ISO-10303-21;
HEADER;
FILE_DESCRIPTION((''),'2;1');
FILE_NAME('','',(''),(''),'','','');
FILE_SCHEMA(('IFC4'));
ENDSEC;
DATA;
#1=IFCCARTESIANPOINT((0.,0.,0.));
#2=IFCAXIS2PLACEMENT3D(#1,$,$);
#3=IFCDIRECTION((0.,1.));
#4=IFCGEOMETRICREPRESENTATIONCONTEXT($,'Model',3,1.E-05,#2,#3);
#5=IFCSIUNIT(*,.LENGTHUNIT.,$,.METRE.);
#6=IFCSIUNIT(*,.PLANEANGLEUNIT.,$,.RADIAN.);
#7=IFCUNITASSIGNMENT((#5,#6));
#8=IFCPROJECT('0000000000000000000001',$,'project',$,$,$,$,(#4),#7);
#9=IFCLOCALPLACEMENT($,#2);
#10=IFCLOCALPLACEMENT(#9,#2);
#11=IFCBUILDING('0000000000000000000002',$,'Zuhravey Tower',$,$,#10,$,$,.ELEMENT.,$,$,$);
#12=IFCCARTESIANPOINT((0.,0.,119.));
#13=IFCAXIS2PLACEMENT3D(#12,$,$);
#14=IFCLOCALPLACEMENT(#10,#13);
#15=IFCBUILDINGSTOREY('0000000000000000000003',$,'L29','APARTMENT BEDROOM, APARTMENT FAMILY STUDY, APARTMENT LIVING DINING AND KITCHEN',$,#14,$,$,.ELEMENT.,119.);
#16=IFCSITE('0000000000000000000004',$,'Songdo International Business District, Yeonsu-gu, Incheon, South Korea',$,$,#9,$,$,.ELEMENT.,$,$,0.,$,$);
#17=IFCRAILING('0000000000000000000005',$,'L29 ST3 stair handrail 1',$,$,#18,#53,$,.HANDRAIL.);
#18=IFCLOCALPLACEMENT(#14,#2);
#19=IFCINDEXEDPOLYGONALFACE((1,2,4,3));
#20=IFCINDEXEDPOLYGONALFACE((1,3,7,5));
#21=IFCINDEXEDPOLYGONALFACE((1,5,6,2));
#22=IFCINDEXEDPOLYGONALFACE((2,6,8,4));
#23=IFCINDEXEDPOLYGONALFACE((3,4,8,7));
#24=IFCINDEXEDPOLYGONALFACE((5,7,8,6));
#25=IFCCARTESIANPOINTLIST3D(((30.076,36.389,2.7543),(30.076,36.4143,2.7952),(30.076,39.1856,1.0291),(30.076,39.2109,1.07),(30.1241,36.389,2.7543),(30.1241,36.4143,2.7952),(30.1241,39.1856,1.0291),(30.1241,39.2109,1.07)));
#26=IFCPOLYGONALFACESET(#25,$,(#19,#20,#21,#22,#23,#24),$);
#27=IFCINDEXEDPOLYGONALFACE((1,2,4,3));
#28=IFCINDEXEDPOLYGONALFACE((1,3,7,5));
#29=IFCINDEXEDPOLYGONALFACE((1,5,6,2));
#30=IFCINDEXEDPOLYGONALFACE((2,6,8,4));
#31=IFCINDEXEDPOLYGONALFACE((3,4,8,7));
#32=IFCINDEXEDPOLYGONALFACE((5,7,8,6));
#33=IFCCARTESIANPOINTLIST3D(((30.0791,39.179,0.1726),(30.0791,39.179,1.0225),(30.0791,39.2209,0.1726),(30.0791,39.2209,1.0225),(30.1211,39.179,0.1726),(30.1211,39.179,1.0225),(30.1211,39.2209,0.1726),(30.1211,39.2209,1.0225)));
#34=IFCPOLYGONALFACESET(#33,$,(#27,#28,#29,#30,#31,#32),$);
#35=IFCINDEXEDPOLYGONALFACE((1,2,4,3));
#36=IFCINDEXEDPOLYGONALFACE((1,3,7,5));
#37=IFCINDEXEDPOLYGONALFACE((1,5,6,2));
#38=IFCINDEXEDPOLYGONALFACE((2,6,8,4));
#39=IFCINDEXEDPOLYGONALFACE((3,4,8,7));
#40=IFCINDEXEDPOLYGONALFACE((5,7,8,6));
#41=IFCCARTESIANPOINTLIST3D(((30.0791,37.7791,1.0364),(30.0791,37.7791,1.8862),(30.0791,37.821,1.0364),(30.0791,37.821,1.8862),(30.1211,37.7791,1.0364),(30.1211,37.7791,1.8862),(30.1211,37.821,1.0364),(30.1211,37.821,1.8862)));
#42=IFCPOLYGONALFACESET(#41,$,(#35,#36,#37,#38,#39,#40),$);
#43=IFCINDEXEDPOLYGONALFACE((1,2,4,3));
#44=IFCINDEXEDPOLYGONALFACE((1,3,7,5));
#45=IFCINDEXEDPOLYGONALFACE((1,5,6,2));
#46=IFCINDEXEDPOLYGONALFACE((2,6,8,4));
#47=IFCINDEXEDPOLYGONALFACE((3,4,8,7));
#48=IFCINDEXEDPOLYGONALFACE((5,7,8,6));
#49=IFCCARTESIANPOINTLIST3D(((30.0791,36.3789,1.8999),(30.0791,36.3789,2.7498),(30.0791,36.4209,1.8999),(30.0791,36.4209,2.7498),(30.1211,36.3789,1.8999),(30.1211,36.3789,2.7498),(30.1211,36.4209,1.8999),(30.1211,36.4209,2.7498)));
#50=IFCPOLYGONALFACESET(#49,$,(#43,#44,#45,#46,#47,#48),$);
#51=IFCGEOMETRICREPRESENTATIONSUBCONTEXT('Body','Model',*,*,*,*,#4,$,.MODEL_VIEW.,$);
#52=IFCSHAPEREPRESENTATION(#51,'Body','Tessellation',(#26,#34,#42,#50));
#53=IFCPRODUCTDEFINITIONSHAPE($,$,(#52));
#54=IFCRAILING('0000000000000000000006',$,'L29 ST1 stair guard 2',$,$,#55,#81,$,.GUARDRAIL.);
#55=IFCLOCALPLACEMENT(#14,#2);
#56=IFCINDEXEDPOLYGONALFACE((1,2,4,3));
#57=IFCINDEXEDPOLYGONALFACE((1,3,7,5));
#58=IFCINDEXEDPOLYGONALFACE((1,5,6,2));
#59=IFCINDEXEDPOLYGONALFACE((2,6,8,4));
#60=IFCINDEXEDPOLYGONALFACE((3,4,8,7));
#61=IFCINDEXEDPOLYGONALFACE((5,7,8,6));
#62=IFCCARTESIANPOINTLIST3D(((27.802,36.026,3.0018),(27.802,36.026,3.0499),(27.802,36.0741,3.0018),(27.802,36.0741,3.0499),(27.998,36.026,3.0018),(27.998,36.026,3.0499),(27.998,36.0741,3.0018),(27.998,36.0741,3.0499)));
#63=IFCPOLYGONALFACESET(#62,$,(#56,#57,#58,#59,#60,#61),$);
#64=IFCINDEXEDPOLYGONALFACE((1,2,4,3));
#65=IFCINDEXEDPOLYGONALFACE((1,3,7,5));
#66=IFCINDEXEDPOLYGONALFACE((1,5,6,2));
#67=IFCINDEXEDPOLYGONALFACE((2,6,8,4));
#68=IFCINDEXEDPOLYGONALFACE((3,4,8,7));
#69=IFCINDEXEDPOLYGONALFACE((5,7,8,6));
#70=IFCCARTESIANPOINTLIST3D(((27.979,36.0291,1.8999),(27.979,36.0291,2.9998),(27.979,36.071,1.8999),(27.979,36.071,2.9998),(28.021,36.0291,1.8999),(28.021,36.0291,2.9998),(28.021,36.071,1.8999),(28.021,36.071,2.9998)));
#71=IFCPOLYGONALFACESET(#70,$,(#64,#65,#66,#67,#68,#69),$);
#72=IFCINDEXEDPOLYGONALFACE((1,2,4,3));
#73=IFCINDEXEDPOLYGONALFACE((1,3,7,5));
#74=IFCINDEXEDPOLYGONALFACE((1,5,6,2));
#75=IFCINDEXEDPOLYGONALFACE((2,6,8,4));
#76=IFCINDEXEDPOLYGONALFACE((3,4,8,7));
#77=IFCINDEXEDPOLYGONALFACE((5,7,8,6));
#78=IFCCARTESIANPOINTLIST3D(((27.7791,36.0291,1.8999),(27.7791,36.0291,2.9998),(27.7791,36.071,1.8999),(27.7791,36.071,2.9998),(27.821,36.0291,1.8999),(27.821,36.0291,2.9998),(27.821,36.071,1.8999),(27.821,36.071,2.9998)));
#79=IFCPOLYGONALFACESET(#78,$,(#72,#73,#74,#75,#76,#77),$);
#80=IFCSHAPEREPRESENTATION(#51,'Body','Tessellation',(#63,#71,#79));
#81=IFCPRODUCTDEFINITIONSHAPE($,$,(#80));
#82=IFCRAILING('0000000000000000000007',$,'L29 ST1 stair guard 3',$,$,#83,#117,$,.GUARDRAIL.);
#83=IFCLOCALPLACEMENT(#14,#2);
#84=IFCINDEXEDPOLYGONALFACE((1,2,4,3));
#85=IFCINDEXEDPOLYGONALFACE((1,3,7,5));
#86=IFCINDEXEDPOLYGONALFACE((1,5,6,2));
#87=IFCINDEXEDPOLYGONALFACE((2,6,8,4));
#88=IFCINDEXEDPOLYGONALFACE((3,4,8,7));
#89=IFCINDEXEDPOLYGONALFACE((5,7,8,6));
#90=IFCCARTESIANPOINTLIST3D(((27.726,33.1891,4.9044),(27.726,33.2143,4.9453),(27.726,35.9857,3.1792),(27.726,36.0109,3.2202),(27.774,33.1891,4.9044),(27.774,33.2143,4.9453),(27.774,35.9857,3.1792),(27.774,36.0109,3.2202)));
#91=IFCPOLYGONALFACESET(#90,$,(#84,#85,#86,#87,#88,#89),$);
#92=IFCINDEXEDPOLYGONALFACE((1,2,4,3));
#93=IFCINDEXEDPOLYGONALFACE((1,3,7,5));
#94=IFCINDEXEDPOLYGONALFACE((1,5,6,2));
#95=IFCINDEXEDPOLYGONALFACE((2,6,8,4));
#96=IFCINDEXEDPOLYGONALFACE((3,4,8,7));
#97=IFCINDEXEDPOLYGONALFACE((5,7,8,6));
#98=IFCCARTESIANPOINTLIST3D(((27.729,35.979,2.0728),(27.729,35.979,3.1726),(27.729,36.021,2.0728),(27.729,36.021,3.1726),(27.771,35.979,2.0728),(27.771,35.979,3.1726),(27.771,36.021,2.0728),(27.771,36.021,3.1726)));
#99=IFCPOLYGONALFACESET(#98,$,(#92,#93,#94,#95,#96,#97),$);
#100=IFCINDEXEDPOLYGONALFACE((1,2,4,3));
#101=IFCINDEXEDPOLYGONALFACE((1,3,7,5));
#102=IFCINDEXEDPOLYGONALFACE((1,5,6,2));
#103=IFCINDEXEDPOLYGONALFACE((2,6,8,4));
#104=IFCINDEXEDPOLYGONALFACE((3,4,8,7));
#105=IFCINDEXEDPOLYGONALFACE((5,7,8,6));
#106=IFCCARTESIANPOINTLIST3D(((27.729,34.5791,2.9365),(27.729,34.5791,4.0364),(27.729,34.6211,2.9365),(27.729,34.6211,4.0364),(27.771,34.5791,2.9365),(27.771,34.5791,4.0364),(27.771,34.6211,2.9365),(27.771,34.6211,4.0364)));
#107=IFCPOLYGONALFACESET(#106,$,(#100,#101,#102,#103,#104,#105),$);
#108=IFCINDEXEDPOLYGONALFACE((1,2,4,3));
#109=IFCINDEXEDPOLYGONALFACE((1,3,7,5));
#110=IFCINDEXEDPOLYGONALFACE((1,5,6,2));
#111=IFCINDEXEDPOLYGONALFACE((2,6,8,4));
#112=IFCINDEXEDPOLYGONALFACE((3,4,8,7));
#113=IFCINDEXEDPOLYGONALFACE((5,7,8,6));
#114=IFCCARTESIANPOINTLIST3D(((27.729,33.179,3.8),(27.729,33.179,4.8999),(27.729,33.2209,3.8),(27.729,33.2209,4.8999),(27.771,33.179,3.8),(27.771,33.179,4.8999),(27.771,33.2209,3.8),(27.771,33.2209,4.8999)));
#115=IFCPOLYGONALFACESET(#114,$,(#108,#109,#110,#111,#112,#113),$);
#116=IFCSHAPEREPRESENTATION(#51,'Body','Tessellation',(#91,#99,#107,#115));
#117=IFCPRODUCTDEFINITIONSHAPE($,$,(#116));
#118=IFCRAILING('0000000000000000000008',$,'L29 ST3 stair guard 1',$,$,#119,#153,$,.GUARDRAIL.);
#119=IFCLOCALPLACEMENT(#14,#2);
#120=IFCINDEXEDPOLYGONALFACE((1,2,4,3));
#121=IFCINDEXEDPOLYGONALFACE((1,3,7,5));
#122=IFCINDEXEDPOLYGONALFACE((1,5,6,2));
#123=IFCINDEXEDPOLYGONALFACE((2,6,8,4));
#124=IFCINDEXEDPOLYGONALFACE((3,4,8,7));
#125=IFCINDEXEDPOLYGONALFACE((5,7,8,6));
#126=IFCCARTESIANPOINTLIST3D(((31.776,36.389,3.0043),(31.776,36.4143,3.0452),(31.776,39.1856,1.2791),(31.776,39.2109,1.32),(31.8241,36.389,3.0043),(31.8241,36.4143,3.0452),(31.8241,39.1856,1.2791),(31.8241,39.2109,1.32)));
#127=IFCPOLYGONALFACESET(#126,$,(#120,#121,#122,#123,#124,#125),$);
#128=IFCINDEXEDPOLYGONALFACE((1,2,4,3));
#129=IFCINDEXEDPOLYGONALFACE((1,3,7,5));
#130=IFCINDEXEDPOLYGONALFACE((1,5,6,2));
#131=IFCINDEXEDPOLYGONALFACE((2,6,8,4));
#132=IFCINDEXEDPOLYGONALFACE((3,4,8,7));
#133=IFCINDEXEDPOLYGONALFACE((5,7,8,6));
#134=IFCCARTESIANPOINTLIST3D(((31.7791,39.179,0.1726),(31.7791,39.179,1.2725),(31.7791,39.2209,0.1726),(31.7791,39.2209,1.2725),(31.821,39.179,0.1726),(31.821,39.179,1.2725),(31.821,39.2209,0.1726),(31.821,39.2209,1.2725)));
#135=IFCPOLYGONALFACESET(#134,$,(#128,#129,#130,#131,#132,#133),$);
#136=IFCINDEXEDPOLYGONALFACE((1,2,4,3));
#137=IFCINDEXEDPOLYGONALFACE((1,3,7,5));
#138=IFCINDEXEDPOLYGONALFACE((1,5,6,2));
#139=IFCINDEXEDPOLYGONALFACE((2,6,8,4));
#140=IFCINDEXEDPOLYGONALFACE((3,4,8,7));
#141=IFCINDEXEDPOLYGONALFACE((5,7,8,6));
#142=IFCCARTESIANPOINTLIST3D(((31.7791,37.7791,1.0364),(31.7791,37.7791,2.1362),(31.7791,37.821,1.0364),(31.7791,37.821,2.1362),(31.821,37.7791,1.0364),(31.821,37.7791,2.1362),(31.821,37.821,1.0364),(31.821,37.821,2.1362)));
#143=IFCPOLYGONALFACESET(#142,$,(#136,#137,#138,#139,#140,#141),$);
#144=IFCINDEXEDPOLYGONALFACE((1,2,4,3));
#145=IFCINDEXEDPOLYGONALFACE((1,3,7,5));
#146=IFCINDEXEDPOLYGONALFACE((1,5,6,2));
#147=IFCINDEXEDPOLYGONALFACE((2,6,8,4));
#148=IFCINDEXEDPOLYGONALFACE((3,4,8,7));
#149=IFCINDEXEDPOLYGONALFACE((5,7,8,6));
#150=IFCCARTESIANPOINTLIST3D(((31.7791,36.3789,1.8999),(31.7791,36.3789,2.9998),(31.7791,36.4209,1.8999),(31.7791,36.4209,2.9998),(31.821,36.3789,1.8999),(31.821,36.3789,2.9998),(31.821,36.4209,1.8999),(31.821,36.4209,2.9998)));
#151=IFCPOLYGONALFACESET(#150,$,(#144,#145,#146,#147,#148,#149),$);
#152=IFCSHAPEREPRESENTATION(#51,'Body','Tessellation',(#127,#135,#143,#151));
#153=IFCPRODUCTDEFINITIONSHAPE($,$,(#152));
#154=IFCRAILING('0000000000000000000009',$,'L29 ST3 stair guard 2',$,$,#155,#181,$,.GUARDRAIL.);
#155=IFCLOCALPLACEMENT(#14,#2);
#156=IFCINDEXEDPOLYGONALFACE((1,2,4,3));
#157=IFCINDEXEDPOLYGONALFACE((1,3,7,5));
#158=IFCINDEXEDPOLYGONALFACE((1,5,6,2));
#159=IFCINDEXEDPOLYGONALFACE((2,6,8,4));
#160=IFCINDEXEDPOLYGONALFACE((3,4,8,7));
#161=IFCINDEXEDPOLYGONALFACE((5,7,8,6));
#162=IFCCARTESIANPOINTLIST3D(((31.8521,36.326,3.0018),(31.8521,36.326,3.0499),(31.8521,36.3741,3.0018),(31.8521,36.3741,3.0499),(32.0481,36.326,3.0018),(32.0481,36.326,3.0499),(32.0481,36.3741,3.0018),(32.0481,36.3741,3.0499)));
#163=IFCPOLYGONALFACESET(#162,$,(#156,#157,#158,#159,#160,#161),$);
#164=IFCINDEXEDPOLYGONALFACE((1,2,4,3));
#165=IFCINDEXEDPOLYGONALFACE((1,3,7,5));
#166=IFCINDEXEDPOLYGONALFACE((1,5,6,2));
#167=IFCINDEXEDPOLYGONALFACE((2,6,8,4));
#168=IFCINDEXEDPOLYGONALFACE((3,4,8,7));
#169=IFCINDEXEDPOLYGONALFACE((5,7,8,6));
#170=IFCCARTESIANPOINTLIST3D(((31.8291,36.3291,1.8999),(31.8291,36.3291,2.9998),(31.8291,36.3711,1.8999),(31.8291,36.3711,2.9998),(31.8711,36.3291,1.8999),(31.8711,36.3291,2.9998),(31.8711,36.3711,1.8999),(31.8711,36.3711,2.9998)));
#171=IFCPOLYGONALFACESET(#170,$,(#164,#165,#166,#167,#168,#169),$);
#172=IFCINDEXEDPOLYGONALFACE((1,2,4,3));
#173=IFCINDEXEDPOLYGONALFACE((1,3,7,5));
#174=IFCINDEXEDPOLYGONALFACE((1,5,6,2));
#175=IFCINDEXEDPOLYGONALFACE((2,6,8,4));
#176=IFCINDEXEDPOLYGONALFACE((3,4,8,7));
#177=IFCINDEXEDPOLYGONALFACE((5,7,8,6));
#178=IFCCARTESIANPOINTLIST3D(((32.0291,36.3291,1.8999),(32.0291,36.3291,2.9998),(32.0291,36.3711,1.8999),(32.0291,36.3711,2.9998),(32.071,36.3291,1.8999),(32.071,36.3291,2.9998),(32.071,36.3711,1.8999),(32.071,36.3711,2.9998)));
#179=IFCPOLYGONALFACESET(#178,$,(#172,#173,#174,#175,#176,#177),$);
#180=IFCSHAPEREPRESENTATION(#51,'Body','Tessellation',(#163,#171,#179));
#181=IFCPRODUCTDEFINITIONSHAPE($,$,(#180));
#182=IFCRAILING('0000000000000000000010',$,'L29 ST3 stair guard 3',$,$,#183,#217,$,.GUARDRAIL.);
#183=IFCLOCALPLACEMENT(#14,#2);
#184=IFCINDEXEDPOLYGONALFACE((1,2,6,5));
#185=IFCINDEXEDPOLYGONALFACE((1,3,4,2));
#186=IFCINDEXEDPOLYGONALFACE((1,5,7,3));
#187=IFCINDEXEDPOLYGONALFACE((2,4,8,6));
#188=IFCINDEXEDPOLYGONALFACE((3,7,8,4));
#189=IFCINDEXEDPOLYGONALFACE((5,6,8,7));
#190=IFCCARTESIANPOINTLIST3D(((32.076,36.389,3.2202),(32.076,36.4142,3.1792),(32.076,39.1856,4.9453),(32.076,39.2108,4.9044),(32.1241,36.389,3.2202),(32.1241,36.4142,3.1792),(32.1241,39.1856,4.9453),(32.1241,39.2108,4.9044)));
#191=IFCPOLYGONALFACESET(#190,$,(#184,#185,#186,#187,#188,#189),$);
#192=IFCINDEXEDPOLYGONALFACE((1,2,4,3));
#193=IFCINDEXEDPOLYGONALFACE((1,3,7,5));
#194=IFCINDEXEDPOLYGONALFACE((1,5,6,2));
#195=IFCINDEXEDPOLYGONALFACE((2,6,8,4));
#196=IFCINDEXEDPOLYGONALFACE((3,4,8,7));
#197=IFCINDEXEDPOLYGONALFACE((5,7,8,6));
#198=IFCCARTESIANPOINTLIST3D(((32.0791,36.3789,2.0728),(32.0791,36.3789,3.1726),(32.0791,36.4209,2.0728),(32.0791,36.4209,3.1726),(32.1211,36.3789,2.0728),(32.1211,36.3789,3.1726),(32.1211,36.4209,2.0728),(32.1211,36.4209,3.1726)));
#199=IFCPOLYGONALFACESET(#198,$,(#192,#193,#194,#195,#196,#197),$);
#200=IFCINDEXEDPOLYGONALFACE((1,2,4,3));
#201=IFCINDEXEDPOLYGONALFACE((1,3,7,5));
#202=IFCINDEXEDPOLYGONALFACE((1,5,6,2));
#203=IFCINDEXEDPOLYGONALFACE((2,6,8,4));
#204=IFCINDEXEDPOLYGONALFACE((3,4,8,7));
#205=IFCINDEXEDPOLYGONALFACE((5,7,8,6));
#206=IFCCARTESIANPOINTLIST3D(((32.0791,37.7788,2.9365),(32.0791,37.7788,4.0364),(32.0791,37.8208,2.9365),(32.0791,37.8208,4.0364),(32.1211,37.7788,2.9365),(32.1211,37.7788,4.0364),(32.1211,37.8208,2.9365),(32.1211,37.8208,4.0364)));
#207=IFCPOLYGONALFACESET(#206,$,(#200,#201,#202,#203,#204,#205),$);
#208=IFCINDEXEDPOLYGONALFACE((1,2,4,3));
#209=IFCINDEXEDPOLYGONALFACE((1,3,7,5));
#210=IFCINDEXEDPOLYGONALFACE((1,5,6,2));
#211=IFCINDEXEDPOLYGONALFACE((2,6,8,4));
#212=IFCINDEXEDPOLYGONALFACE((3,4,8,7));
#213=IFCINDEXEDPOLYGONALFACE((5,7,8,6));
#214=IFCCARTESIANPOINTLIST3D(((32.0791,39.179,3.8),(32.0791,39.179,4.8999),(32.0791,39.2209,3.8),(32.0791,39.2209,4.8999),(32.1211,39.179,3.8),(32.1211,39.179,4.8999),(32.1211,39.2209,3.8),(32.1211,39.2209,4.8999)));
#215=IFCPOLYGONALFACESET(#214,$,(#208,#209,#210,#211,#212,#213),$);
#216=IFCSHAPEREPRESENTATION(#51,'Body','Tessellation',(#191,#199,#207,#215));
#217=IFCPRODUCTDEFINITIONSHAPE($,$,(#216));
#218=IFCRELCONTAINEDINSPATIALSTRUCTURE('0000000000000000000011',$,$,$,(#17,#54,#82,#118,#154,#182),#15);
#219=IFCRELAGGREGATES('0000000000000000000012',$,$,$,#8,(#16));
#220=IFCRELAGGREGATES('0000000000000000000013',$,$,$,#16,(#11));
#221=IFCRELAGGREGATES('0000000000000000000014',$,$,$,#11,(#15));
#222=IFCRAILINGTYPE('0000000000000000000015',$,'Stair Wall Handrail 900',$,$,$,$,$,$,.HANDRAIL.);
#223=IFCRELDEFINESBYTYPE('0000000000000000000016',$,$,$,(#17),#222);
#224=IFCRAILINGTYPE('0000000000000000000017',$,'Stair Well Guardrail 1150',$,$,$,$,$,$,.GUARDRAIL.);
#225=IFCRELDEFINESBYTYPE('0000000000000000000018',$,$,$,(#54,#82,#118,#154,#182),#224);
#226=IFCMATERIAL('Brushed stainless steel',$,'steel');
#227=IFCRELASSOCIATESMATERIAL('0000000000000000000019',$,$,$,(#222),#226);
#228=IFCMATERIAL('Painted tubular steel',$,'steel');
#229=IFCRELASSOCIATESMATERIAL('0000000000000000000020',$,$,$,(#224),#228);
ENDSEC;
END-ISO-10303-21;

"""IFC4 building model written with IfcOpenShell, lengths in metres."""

from ifc_helpers import new_model, si_unit, direction, frame, origin, origin_2d, place, context, subcontext, project, spatial, rectangle, extrude, material, type_object, element, save


model = new_model("IFC4")

# Units and contexts
model_context = context("Model", 3, precision=1e-05, world=origin(), true_north=direction((0.0, 1.0)))
body_context = subcontext(model_context, "Body", "Model", "MODEL_VIEW")
ifc_project = project(units=[si_unit("LENGTHUNIT", "METRE"), si_unit("PLANEANGLEUNIT", "RADIAN")], contexts=[model_context])

# Site, building, storey
site_placement = place(None, origin())
site = spatial("IfcSite", under=ifc_project, at=site_placement, Name="Songdo International Business District, Yeonsu-gu, Incheon, South Korea", CompositionType="ELEMENT", RefElevation=0.0)
building_placement = place(site_placement, origin())
building = spatial("IfcBuilding", under=site, at=building_placement, Name="Zuhravey Tower", CompositionType="ELEMENT")
storey_placement = place(building_placement, frame((0.0, 0.0, 119.0)))
storey = spatial("IfcBuildingStorey", under=building, at=storey_placement, Name="L29", Description="APARTMENT BEDROOM, APARTMENT FAMILY STUDY, APARTMENT LIVING DINING AND KITCHEN", CompositionType="ELEMENT", Elevation=119.0)

# Railings
ifc_material_1 = material(Name="Brushed stainless steel", Category="steel")
railing_type_1 = type_object("IfcRailingType", Name="Stair Wall Handrail 900", PredefinedType="HANDRAIL", material=ifc_material_1)
for number, where, name in (
    (1, (30.1001, 39.2, 0.1726), "L29 ST3 stair handrail 1"),
):
    element("IfcRailing", number, at=place(storey_placement, frame(where)), inside=storey, type_object=railing_type_1, Name=name, PredefinedType="HANDRAIL", context=body_context, shape_type="SweptSolid", body=[
        extrude(rectangle(XDim=0.0481, YDim=0.0481, at=origin_2d()), frame((0.0, -0.0017, 0.877), z_axis=(0.0, -0.85109, 0.52502), x_axis=(1.0, 0.0, 0.0)), (0.0, 0.0, 1.0), 3.2859),
        extrude(rectangle(XDim=0.042, YDim=0.042, at=origin_2d()), origin(), (0.0, 0.0, 1.0), 0.8499),
        extrude(rectangle(XDim=0.042, YDim=0.042, at=origin_2d()), frame((0.0, -1.3999, 0.8638)), (0.0, 0.0, 1.0), 0.8499),
        extrude(rectangle(XDim=0.042, YDim=0.042, at=origin_2d()), frame((0.0, -2.8, 1.7273)), (0.0, 0.0, 1.0), 0.8499),
    ])
ifc_material_2 = material(Name="Painted tubular steel", Category="steel")
railing_type_2 = type_object("IfcRailingType", Name="Stair Well Guardrail 1150", PredefinedType="GUARDRAIL", material=ifc_material_2)
railing_1_placement = place(storey_placement, frame((28.0, 36.05, 1.8999)))
element("IfcRailing", 2, at=railing_1_placement, inside=storey, type_object=railing_type_2, Name="L29 ST1 stair guard 2", PredefinedType="GUARDRAIL", context=body_context, shape_type="SweptSolid", body=[
    extrude(rectangle(XDim=0.0481, YDim=0.0481, at=origin_2d()), frame((-0.002, 0.0, 1.126), z_axis=(-1.0, 0.0, 0.0), x_axis=(0.0, -1.0, 0.0)), (0.0, 0.0, 1.0), 0.196),
    extrude(rectangle(XDim=0.042, YDim=0.042, at=origin_2d()), origin(), (0.0, 0.0, 1.0), 1.0999),
    extrude(rectangle(XDim=0.042, YDim=0.042, at=origin_2d()), frame((-0.2, 0.0, 0.0)), (0.0, 0.0, 1.0), 1.0999),
])
for number, where, name in (
    (3, (27.75, 36.0, 2.0728), "L29 ST1 stair guard 3"),
    (4, (31.8, 39.2, 0.1726), "L29 ST3 stair guard 1"),
):
    element("IfcRailing", number, at=place(storey_placement, frame(where)), inside=storey, type_object=railing_type_2, Name=name, PredefinedType="GUARDRAIL", context=body_context, shape_type="SweptSolid", body=[
        extrude(rectangle(XDim=0.0481, YDim=0.0481, at=origin_2d()), frame((0.0, -0.0017, 1.127), z_axis=(0.0, -0.85109, 0.52502), x_axis=(1.0, 0.0, 0.0)), (0.0, 0.0, 1.0), 3.2859),
        extrude(rectangle(XDim=0.042, YDim=0.042, at=origin_2d()), origin(), (0.0, 0.0, 1.0), 1.0999),
        extrude(rectangle(XDim=0.042, YDim=0.042, at=origin_2d()), frame((0.0, -1.3999, 0.8638)), (0.0, 0.0, 1.0), 1.0999),
        extrude(rectangle(XDim=0.042, YDim=0.042, at=origin_2d()), frame((0.0, -2.8, 1.7273)), (0.0, 0.0, 1.0), 1.0999),
    ])
railing_2_placement = place(storey_placement, frame((31.8501, 36.3501, 1.8999)))
element("IfcRailing", 5, at=railing_2_placement, inside=storey, type_object=railing_type_2, Name="L29 ST3 stair guard 2", PredefinedType="GUARDRAIL", context=body_context, shape_type="SweptSolid", body=[
    extrude(rectangle(XDim=0.0481, YDim=0.0481, at=origin_2d()), frame((0.002, 0.0, 1.126), z_axis=(1.0, 0.0, 0.0), x_axis=(0.0, 1.0, 0.0)), (0.0, 0.0, 1.0), 0.196),
    extrude(rectangle(XDim=0.042, YDim=0.042, at=origin_2d()), origin(), (0.0, 0.0, 1.0), 1.0999),
    extrude(rectangle(XDim=0.042, YDim=0.042, at=origin_2d()), frame((0.2, 0.0, 0.0)), (0.0, 0.0, 1.0), 1.0999),
])
railing_3_placement = place(storey_placement, frame((32.1001, 36.3999, 2.0728)))
element("IfcRailing", 6, at=railing_3_placement, inside=storey, type_object=railing_type_2, Name="L29 ST3 stair guard 3", PredefinedType="GUARDRAIL", context=body_context, shape_type="SweptSolid", body=[
    extrude(rectangle(XDim=0.0481, YDim=0.0481, at=origin_2d()), frame((0.0, 0.0017, 1.127), z_axis=(0.0, 0.85109, 0.52502), x_axis=(-1.0, 0.0, 0.0)), (0.0, 0.0, 1.0), 3.2859),
    extrude(rectangle(XDim=0.042, YDim=0.042, at=origin_2d()), origin(), (0.0, 0.0, 1.0), 1.0999),
    extrude(rectangle(XDim=0.042, YDim=0.042, at=origin_2d()), frame((0.0, 1.3999, 0.8638)), (0.0, 0.0, 1.0), 1.0999),
    extrude(rectangle(XDim=0.042, YDim=0.042, at=origin_2d()), frame((0.0, 2.8, 1.7273)), (0.0, 0.0, 1.0), 1.0999),
])

save(model, "model.ifc")
